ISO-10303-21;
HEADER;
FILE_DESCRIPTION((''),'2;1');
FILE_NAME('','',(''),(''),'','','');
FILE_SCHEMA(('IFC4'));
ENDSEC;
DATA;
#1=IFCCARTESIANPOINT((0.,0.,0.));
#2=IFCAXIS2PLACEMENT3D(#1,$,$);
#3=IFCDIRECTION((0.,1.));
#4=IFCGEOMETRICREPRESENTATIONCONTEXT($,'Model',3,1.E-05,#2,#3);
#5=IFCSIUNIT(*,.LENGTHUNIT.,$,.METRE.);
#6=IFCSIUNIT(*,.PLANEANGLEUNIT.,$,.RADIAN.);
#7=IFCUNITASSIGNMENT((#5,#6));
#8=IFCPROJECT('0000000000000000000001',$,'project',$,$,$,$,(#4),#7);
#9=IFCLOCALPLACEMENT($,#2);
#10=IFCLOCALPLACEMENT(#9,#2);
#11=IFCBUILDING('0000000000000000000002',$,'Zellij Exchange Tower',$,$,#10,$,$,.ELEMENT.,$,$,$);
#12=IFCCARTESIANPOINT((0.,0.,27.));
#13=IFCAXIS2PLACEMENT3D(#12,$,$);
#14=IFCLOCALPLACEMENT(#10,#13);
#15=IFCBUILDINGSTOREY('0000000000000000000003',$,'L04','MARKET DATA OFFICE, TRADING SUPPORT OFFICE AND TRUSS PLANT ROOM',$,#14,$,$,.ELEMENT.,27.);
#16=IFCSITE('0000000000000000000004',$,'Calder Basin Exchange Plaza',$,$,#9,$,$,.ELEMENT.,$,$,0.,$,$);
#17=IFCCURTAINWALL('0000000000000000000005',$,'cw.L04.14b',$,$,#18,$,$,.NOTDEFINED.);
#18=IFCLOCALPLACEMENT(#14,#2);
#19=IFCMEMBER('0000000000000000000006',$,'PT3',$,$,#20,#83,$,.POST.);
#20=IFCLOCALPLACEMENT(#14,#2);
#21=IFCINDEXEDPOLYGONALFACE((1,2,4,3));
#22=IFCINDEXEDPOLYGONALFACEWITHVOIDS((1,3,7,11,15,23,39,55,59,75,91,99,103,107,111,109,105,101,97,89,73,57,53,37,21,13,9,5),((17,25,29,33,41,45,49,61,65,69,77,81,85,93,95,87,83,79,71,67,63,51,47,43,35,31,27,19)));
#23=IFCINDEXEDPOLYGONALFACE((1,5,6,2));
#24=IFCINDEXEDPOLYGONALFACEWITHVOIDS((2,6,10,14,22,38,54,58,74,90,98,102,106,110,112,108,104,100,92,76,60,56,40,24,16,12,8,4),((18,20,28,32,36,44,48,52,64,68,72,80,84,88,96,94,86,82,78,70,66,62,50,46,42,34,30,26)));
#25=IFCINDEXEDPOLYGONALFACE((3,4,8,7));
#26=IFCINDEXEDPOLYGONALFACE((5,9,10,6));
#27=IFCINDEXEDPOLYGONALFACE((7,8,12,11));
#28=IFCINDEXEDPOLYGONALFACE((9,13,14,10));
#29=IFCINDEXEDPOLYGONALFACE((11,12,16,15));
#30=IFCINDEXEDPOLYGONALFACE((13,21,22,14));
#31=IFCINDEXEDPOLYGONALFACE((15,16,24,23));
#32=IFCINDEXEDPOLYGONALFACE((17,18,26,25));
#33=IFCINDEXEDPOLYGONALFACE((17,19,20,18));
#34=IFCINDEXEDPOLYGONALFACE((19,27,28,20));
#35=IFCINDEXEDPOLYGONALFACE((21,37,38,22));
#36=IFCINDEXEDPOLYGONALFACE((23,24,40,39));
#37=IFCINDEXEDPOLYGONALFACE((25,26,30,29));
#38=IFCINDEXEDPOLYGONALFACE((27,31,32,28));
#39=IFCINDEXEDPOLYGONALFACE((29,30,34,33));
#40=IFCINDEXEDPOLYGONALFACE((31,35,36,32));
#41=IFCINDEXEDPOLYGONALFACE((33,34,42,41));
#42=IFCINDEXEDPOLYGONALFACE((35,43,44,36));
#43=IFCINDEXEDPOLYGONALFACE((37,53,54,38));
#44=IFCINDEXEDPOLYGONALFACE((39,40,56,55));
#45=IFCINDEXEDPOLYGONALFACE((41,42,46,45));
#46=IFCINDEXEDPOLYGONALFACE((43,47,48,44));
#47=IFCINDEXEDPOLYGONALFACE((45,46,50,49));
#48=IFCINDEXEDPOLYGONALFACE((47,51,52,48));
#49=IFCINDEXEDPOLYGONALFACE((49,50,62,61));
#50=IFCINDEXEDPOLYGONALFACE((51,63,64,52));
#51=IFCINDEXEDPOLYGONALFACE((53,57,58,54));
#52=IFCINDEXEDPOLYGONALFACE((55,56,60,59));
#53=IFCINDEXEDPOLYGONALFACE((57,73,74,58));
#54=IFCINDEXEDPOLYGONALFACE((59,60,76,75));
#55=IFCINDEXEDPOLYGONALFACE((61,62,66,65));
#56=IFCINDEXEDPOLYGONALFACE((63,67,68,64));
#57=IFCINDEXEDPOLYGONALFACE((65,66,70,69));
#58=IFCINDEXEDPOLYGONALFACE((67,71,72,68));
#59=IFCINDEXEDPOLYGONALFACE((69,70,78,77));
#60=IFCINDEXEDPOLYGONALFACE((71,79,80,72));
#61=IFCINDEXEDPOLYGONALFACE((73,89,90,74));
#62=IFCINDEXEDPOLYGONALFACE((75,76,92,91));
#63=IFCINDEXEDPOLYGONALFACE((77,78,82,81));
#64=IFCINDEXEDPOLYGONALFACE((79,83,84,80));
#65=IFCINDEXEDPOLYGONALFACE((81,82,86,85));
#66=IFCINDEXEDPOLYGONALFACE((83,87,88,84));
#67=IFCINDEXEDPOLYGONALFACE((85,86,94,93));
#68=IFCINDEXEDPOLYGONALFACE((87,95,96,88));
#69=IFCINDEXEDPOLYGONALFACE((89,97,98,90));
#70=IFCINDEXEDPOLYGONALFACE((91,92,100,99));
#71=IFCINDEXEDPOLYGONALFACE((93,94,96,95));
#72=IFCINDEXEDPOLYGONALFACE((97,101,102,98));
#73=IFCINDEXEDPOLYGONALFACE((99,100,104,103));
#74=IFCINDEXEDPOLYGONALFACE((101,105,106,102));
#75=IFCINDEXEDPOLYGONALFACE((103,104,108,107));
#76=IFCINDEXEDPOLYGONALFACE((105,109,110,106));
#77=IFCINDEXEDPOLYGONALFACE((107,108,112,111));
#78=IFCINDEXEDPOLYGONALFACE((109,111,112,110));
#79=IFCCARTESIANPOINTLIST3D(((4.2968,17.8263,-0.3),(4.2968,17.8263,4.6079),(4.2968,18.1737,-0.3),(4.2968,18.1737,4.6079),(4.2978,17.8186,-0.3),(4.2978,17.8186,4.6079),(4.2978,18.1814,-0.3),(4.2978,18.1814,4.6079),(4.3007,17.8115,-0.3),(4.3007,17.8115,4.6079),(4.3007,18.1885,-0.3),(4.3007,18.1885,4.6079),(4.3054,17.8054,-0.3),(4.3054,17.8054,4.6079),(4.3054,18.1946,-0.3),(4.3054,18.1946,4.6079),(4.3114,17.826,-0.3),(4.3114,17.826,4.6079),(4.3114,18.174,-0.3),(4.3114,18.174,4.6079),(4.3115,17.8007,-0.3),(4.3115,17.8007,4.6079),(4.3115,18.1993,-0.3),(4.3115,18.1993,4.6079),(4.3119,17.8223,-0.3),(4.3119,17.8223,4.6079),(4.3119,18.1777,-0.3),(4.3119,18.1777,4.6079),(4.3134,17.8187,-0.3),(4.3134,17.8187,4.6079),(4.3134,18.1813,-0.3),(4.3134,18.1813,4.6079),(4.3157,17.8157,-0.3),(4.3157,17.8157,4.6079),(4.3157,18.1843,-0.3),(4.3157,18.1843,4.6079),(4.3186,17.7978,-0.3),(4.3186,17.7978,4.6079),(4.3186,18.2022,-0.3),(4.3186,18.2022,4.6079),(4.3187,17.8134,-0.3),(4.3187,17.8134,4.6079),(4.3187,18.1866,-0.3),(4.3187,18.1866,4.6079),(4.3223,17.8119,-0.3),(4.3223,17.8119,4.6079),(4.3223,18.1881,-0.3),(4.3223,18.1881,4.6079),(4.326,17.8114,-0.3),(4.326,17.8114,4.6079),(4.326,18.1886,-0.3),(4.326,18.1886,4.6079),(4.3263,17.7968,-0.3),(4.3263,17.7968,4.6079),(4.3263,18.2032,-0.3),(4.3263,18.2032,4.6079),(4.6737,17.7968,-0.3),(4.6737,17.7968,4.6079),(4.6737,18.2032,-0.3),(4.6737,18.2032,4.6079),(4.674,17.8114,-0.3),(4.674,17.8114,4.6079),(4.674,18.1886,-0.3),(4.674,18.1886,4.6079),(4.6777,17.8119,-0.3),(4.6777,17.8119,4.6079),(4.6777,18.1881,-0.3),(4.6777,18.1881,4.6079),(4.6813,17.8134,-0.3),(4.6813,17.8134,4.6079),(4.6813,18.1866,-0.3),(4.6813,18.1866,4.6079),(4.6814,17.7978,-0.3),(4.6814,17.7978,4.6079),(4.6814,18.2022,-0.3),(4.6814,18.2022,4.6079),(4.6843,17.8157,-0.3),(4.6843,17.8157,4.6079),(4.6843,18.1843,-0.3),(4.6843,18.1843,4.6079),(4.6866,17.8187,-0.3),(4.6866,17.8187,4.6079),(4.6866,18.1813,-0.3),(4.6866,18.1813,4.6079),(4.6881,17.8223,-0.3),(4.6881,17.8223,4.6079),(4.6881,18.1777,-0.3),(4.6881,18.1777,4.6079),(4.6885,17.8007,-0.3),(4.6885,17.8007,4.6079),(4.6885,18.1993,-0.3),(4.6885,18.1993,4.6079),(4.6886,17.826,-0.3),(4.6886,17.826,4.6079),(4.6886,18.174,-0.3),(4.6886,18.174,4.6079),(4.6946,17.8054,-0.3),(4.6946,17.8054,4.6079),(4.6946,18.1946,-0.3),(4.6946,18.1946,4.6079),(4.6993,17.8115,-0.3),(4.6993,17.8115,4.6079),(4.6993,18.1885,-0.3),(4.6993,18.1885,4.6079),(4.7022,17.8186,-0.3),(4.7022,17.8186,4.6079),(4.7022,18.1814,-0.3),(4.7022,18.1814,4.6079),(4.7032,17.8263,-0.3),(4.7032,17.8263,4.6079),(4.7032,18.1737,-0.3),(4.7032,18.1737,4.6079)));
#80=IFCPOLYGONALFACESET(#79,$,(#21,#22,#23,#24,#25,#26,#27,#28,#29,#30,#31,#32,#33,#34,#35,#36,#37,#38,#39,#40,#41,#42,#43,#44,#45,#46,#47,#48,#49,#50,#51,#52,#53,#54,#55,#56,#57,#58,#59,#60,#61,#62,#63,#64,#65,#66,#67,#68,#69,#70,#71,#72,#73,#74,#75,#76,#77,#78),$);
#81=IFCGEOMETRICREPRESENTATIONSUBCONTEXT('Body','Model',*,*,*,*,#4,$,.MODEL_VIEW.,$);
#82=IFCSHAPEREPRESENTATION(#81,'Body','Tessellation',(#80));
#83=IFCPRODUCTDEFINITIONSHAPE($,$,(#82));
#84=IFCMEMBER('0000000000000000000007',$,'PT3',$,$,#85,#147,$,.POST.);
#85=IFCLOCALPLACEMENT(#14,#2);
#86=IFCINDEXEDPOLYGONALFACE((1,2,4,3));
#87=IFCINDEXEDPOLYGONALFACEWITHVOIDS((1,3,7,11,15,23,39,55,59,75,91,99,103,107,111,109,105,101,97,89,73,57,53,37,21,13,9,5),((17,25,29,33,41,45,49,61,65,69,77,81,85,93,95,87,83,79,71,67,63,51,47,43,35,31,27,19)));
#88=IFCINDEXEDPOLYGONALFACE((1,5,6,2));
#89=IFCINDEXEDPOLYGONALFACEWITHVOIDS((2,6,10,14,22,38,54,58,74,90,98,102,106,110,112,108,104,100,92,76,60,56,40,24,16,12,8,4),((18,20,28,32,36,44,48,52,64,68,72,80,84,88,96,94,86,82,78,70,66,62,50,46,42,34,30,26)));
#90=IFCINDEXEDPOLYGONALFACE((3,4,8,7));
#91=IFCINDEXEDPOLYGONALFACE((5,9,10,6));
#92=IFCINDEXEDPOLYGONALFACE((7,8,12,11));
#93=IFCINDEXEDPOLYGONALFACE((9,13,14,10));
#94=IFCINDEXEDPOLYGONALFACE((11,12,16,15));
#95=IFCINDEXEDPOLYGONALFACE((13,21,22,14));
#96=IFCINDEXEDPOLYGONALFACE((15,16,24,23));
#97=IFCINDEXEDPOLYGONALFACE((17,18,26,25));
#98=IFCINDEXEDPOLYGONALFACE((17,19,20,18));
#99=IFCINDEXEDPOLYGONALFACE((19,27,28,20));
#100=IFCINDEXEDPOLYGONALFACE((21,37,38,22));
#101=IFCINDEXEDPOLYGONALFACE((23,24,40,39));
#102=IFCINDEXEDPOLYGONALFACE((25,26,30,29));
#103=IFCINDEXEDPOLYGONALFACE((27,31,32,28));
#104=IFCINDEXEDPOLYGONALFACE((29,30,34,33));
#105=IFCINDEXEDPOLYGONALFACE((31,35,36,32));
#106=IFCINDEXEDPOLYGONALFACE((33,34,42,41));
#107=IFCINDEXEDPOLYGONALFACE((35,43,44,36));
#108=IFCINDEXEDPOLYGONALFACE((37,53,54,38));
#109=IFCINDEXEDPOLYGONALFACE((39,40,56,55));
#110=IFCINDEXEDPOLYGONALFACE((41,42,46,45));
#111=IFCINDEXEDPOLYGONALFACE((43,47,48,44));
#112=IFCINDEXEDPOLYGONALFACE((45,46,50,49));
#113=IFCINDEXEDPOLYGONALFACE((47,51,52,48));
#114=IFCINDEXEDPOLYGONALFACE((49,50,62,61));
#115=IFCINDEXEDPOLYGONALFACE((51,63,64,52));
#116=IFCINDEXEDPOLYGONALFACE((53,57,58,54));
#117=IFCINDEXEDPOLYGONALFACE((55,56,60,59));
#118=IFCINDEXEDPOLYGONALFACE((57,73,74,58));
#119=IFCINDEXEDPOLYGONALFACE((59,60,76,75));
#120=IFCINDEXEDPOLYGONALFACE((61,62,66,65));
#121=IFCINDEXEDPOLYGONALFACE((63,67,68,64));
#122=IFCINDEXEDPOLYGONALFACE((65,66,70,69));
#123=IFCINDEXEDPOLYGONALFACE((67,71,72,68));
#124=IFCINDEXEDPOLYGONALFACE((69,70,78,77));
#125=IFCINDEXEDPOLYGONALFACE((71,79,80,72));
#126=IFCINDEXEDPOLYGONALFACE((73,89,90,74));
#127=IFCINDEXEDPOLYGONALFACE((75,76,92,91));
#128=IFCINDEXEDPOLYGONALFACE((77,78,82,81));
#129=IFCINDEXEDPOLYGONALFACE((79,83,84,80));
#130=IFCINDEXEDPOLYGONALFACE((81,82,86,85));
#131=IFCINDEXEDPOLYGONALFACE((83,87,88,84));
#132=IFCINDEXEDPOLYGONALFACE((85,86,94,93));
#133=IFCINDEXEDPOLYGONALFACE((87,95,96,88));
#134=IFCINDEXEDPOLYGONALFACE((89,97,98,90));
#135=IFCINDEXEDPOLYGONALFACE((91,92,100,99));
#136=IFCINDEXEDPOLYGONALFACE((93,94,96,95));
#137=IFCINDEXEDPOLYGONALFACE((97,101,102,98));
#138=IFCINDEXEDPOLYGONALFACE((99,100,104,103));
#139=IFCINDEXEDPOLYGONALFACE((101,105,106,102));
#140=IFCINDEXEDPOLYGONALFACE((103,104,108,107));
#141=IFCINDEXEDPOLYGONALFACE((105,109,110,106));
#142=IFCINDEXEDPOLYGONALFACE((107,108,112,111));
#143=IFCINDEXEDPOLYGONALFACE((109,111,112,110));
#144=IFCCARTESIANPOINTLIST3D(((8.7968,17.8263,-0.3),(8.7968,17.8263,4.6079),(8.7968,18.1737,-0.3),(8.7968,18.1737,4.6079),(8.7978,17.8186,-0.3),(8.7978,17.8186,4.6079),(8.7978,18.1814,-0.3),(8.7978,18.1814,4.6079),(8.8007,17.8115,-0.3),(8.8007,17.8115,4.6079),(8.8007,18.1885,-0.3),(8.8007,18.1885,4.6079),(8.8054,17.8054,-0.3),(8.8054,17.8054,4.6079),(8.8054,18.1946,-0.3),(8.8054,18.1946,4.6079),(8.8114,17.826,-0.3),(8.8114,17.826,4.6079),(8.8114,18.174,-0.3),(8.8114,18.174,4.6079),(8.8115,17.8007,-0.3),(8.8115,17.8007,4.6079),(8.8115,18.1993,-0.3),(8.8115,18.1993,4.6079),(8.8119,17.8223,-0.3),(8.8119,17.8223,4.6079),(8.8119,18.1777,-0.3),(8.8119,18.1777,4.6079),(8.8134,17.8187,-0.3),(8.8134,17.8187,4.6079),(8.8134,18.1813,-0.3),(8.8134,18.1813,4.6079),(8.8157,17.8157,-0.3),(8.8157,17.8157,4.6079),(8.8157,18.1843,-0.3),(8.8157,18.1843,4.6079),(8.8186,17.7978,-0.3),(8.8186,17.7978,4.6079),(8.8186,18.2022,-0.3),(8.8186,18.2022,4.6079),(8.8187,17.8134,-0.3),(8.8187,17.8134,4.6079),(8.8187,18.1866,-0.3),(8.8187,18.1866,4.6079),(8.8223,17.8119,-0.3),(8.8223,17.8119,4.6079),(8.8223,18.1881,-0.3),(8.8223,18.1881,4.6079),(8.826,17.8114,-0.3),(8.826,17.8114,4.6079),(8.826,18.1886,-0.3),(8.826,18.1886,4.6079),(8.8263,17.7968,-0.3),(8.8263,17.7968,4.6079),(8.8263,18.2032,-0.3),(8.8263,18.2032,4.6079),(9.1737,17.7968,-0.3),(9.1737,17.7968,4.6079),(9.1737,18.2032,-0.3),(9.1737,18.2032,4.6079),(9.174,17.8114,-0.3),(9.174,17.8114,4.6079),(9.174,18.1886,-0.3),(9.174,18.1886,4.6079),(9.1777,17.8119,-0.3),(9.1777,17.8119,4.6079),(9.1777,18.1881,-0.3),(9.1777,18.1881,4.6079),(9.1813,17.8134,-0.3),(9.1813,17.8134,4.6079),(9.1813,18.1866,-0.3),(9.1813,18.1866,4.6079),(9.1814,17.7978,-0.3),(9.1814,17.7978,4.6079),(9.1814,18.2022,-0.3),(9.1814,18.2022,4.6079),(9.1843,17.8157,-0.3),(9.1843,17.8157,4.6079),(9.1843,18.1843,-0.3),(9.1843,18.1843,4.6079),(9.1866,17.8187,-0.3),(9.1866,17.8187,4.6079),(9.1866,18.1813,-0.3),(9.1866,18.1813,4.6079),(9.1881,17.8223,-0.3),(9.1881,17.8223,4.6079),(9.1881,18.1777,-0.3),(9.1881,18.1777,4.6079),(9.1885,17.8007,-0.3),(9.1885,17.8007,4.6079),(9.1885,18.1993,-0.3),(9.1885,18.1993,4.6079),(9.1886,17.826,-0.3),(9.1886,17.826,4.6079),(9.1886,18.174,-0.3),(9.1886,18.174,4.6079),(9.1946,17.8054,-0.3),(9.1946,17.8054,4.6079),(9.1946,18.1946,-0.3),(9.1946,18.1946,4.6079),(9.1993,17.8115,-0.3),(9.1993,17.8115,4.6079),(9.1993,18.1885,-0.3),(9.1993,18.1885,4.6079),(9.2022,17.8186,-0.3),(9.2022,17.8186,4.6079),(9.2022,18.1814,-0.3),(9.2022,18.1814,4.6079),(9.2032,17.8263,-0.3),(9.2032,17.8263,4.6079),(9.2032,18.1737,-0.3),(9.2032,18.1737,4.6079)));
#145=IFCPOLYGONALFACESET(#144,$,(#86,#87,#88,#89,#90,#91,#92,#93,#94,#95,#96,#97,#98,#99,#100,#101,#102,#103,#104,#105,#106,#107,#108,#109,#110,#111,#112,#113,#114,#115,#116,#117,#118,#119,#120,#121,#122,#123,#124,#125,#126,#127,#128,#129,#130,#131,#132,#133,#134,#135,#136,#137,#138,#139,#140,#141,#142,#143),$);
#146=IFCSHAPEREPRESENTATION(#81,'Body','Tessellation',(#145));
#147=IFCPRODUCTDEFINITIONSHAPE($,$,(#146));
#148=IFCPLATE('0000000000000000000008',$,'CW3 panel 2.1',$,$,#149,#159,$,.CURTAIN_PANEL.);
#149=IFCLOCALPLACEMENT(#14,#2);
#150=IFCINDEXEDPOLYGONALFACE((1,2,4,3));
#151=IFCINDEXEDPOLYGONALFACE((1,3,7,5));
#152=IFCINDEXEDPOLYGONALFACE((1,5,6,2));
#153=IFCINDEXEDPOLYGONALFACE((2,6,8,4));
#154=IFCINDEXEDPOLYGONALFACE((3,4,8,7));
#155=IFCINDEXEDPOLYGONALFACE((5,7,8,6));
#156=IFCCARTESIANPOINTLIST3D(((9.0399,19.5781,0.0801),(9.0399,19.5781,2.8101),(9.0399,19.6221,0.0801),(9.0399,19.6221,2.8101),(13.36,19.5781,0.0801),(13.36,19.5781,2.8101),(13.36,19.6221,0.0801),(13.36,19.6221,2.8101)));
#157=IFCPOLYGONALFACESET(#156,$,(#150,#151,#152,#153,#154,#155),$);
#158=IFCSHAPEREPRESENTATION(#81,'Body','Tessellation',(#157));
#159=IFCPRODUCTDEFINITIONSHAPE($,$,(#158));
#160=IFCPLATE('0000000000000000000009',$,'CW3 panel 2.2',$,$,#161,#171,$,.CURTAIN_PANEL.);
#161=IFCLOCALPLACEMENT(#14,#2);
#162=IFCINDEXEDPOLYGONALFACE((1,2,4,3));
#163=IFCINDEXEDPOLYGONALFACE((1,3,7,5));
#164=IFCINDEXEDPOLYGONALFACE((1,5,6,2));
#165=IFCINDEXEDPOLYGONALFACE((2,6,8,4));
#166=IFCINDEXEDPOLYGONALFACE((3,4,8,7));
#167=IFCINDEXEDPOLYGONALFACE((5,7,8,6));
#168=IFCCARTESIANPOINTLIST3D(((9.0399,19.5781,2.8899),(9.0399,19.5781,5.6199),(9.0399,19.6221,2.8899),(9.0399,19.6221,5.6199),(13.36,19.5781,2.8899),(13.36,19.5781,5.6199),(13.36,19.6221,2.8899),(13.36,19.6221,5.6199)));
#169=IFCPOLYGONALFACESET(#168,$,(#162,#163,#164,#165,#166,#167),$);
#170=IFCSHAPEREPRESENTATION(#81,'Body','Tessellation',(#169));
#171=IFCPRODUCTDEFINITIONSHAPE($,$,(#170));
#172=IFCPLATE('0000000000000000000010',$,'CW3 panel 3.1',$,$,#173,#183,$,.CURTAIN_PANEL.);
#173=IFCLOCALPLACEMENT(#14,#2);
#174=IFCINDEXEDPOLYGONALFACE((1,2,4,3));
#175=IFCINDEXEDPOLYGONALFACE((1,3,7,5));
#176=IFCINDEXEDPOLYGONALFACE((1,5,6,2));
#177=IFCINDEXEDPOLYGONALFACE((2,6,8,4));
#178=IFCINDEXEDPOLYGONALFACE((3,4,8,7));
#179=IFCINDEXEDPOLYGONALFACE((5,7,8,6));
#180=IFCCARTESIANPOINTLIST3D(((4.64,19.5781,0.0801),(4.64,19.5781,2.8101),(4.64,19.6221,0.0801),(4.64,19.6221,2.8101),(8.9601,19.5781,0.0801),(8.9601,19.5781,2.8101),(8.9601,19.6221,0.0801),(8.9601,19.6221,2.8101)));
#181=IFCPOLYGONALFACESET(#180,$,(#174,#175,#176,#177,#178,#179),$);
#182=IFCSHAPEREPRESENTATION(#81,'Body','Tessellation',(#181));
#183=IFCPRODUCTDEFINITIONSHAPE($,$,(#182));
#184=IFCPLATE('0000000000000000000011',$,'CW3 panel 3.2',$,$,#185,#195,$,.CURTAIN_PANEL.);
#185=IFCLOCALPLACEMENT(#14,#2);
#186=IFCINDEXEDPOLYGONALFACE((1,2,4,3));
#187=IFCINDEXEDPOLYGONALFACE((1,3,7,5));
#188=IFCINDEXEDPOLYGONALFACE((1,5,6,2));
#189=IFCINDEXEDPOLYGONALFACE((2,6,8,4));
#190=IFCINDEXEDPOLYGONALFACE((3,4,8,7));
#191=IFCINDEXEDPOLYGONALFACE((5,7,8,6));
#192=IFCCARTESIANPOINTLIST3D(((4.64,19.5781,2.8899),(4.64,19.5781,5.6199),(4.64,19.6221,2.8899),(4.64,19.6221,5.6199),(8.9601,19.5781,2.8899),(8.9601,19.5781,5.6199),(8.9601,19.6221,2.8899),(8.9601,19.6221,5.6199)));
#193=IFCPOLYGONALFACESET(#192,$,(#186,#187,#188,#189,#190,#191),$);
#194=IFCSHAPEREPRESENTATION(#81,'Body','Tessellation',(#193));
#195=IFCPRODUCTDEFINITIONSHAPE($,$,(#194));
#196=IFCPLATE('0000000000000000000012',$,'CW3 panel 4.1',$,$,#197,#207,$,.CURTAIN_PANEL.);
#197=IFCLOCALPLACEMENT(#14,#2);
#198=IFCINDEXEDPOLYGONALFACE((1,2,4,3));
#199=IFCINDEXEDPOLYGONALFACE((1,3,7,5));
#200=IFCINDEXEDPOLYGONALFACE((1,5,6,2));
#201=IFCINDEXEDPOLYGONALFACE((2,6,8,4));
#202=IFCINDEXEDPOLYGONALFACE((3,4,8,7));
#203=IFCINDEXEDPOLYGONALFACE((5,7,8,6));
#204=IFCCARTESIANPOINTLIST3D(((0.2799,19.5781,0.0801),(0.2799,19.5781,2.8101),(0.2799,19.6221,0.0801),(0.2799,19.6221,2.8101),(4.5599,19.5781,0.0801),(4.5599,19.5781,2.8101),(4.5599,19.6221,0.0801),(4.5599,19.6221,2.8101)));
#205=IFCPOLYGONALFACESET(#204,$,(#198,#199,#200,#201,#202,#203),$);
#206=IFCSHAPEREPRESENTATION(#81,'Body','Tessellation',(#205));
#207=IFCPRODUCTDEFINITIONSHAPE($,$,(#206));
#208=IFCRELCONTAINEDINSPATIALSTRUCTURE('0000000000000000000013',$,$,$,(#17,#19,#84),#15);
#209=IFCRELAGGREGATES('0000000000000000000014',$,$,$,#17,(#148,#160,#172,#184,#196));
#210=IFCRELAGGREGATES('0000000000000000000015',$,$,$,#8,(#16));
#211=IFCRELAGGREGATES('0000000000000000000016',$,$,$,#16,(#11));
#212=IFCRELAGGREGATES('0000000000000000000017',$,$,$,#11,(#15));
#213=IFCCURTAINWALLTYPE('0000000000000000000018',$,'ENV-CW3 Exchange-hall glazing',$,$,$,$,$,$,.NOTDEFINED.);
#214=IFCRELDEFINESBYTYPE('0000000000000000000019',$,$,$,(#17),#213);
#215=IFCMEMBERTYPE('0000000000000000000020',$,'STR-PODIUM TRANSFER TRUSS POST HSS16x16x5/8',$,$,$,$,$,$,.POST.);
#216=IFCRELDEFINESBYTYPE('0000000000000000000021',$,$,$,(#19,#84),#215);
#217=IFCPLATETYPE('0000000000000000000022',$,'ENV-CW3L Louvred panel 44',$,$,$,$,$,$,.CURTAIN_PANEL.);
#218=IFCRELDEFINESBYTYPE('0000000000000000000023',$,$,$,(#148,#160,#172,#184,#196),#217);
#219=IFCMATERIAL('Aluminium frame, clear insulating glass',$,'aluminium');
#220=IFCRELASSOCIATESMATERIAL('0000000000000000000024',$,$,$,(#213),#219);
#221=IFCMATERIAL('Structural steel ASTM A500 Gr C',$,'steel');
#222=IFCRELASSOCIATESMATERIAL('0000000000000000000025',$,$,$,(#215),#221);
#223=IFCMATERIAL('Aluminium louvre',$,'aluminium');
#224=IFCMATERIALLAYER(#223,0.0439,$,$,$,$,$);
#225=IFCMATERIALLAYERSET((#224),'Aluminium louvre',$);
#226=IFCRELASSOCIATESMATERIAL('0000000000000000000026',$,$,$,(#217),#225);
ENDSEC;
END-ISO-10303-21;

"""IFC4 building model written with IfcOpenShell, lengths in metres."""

from ifc_helpers import new_model, si_unit, direction, frame, origin, origin_2d, place, context, subcontext, project, spatial, rectangle, hollow_rectangle, extrude, material, layer, layer_set, material_profile, profile_set, type_object, element, aggregate, save


model = new_model("IFC4")

# Units and contexts
model_context = context("Model", 3, precision=1e-05, world=origin(), true_north=direction((0.0, 1.0)))
body_context = subcontext(model_context, "Body", "Model", "MODEL_VIEW")
ifc_project = project(units=[si_unit("LENGTHUNIT", "METRE"), si_unit("PLANEANGLEUNIT", "RADIAN")], contexts=[model_context])

# Site, building, storey
site_placement = place(None, origin())
site = spatial("IfcSite", under=ifc_project, at=site_placement, Name="Calder Basin Exchange Plaza", CompositionType="ELEMENT", RefElevation=0.0)
building_placement = place(site_placement, origin())
building = spatial("IfcBuilding", under=site, at=building_placement, Name="Zellij Exchange Tower", CompositionType="ELEMENT")
storey_placement = place(building_placement, frame((0.0, 0.0, 27.0)))
storey = spatial("IfcBuildingStorey", under=building, at=storey_placement, Name="L04", Description="MARKET DATA OFFICE, TRADING SUPPORT OFFICE AND TRUSS PLANT ROOM", CompositionType="ELEMENT", Elevation=27.0)

# Curtain wall
ifc_material_1 = material(Name="Aluminium frame, clear insulating glass", Category="aluminium")
curtain_wall_type = type_object("IfcCurtainWallType", Name="ENV-CW3 Exchange-hall glazing", PredefinedType="NOTDEFINED", material=ifc_material_1)
curtain_wall_placement = place(storey_placement, origin())
curtain_wall = element("IfcCurtainWall", 1, at=curtain_wall_placement, inside=storey, type_object=curtain_wall_type, Name="cw.L04.14b", PredefinedType="NOTDEFINED")

# Members
ifc_material_2 = material(Name="Structural steel ASTM A500 Gr C", Category="steel")
ifc_material_profile_1 = material_profile(ifc_material_2, hollow_rectangle(XDim=0.4065, YDim=0.4065, WallThickness=0.0146, InnerFilletRadius=0.0146, OuterFilletRadius=0.0295, at=origin_2d()), Name="STR-PODIUM TRANSFER TRUSS POST HSS16x16x5/8")
ifc_profile_set_1 = profile_set([ifc_material_profile_1], Name="Structural steel ASTM A500 Gr C")
member_type_1 = type_object("IfcMemberType", Name="STR-PODIUM TRANSFER TRUSS POST HSS16x16x5/8", PredefinedType="POST", material=ifc_profile_set_1)
for number, where, z_axis, x_axis, name in (
    (2, (4.5, 18.0, -0.3), (0.0, 0.0, 1.0), (1.0, 0.0, 0.0), "PT3"),
    (3, (9.0, 18.0, -0.3), (0.0, 0.0, 1.0), (1.0, 0.0, 0.0), "PT3"),
):
    element("IfcMember", number, at=place(storey_placement, frame(where, z_axis=z_axis, x_axis=x_axis)), inside=storey, type_object=member_type_1, Name=name, PredefinedType="POST", context=body_context, shape_type="SweptSolid", body=[
        extrude(hollow_rectangle(XDim=0.4065, YDim=0.4065, WallThickness=0.0146, InnerFilletRadius=0.0146, OuterFilletRadius=0.0295, at=origin_2d()), origin(), (0.0, 0.0, 1.0), 4.908),
    ])

# Plates
ifc_material_3 = material(Name="Aluminium louvre", Category="aluminium")
ifc_layer_1 = layer(ifc_material_3, 0.0439)
ifc_layer_set_1 = layer_set([ifc_layer_1], Name="Aluminium louvre")
plate_type = type_object("IfcPlateType", Name="ENV-CW3L Louvred panel 44", PredefinedType="CURTAIN_PANEL", material=ifc_layer_set_1)
plate_1_placement = place(storey_placement, frame((11.2, 19.6001, 0.0801), z_axis=(0.0, 0.0, 1.0), x_axis=(-1.0, 0.0, 0.0)))
plate_1 = element("IfcPlate", 4, at=plate_1_placement, type_object=plate_type, Name="CW3 panel 2.1", PredefinedType="CURTAIN_PANEL", context=body_context, shape_type="SweptSolid", body=[
    extrude(rectangle(XDim=4.3201, YDim=0.0439, at=origin_2d()), origin(), (0.0, 0.0, 1.0), 2.73),
])
plate_2_placement = place(storey_placement, frame((11.2, 19.6001, 2.8899), z_axis=(0.0, 0.0, 1.0), x_axis=(-1.0, 0.0, 0.0)))
plate_2 = element("IfcPlate", 5, at=plate_2_placement, type_object=plate_type, Name="CW3 panel 2.2", PredefinedType="CURTAIN_PANEL", context=body_context, shape_type="SweptSolid", body=[
    extrude(rectangle(XDim=4.3201, YDim=0.0439, at=origin_2d()), origin(), (0.0, 0.0, 1.0), 2.73),
])
plate_3_placement = place(storey_placement, frame((6.8, 19.6001, 0.0801), z_axis=(0.0, 0.0, 1.0), x_axis=(-1.0, 0.0, 0.0)))
plate_3 = element("IfcPlate", 6, at=plate_3_placement, type_object=plate_type, Name="CW3 panel 3.1", PredefinedType="CURTAIN_PANEL", context=body_context, shape_type="SweptSolid", body=[
    extrude(rectangle(XDim=4.3201, YDim=0.0439, at=origin_2d()), origin(), (0.0, 0.0, 1.0), 2.73),
])
plate_4_placement = place(storey_placement, frame((6.8, 19.6001, 2.8899), z_axis=(0.0, 0.0, 1.0), x_axis=(-1.0, 0.0, 0.0)))
plate_4 = element("IfcPlate", 7, at=plate_4_placement, type_object=plate_type, Name="CW3 panel 3.2", PredefinedType="CURTAIN_PANEL", context=body_context, shape_type="SweptSolid", body=[
    extrude(rectangle(XDim=4.3201, YDim=0.0439, at=origin_2d()), origin(), (0.0, 0.0, 1.0), 2.73),
])
plate_5_placement = place(storey_placement, frame((2.4199, 19.6001, 0.0801), z_axis=(0.0, 0.0, 1.0), x_axis=(-1.0, 0.0, 0.0)))
plate_5 = element("IfcPlate", 8, at=plate_5_placement, type_object=plate_type, Name="CW3 panel 4.1", PredefinedType="CURTAIN_PANEL", context=body_context, shape_type="SweptSolid", body=[
    extrude(rectangle(XDim=4.28, YDim=0.0439, at=origin_2d()), origin(), (0.0, 0.0, 1.0), 2.73),
])
aggregate(curtain_wall, [plate_1, plate_2, plate_3, plate_4, plate_5])

save(model, "model.ifc")
